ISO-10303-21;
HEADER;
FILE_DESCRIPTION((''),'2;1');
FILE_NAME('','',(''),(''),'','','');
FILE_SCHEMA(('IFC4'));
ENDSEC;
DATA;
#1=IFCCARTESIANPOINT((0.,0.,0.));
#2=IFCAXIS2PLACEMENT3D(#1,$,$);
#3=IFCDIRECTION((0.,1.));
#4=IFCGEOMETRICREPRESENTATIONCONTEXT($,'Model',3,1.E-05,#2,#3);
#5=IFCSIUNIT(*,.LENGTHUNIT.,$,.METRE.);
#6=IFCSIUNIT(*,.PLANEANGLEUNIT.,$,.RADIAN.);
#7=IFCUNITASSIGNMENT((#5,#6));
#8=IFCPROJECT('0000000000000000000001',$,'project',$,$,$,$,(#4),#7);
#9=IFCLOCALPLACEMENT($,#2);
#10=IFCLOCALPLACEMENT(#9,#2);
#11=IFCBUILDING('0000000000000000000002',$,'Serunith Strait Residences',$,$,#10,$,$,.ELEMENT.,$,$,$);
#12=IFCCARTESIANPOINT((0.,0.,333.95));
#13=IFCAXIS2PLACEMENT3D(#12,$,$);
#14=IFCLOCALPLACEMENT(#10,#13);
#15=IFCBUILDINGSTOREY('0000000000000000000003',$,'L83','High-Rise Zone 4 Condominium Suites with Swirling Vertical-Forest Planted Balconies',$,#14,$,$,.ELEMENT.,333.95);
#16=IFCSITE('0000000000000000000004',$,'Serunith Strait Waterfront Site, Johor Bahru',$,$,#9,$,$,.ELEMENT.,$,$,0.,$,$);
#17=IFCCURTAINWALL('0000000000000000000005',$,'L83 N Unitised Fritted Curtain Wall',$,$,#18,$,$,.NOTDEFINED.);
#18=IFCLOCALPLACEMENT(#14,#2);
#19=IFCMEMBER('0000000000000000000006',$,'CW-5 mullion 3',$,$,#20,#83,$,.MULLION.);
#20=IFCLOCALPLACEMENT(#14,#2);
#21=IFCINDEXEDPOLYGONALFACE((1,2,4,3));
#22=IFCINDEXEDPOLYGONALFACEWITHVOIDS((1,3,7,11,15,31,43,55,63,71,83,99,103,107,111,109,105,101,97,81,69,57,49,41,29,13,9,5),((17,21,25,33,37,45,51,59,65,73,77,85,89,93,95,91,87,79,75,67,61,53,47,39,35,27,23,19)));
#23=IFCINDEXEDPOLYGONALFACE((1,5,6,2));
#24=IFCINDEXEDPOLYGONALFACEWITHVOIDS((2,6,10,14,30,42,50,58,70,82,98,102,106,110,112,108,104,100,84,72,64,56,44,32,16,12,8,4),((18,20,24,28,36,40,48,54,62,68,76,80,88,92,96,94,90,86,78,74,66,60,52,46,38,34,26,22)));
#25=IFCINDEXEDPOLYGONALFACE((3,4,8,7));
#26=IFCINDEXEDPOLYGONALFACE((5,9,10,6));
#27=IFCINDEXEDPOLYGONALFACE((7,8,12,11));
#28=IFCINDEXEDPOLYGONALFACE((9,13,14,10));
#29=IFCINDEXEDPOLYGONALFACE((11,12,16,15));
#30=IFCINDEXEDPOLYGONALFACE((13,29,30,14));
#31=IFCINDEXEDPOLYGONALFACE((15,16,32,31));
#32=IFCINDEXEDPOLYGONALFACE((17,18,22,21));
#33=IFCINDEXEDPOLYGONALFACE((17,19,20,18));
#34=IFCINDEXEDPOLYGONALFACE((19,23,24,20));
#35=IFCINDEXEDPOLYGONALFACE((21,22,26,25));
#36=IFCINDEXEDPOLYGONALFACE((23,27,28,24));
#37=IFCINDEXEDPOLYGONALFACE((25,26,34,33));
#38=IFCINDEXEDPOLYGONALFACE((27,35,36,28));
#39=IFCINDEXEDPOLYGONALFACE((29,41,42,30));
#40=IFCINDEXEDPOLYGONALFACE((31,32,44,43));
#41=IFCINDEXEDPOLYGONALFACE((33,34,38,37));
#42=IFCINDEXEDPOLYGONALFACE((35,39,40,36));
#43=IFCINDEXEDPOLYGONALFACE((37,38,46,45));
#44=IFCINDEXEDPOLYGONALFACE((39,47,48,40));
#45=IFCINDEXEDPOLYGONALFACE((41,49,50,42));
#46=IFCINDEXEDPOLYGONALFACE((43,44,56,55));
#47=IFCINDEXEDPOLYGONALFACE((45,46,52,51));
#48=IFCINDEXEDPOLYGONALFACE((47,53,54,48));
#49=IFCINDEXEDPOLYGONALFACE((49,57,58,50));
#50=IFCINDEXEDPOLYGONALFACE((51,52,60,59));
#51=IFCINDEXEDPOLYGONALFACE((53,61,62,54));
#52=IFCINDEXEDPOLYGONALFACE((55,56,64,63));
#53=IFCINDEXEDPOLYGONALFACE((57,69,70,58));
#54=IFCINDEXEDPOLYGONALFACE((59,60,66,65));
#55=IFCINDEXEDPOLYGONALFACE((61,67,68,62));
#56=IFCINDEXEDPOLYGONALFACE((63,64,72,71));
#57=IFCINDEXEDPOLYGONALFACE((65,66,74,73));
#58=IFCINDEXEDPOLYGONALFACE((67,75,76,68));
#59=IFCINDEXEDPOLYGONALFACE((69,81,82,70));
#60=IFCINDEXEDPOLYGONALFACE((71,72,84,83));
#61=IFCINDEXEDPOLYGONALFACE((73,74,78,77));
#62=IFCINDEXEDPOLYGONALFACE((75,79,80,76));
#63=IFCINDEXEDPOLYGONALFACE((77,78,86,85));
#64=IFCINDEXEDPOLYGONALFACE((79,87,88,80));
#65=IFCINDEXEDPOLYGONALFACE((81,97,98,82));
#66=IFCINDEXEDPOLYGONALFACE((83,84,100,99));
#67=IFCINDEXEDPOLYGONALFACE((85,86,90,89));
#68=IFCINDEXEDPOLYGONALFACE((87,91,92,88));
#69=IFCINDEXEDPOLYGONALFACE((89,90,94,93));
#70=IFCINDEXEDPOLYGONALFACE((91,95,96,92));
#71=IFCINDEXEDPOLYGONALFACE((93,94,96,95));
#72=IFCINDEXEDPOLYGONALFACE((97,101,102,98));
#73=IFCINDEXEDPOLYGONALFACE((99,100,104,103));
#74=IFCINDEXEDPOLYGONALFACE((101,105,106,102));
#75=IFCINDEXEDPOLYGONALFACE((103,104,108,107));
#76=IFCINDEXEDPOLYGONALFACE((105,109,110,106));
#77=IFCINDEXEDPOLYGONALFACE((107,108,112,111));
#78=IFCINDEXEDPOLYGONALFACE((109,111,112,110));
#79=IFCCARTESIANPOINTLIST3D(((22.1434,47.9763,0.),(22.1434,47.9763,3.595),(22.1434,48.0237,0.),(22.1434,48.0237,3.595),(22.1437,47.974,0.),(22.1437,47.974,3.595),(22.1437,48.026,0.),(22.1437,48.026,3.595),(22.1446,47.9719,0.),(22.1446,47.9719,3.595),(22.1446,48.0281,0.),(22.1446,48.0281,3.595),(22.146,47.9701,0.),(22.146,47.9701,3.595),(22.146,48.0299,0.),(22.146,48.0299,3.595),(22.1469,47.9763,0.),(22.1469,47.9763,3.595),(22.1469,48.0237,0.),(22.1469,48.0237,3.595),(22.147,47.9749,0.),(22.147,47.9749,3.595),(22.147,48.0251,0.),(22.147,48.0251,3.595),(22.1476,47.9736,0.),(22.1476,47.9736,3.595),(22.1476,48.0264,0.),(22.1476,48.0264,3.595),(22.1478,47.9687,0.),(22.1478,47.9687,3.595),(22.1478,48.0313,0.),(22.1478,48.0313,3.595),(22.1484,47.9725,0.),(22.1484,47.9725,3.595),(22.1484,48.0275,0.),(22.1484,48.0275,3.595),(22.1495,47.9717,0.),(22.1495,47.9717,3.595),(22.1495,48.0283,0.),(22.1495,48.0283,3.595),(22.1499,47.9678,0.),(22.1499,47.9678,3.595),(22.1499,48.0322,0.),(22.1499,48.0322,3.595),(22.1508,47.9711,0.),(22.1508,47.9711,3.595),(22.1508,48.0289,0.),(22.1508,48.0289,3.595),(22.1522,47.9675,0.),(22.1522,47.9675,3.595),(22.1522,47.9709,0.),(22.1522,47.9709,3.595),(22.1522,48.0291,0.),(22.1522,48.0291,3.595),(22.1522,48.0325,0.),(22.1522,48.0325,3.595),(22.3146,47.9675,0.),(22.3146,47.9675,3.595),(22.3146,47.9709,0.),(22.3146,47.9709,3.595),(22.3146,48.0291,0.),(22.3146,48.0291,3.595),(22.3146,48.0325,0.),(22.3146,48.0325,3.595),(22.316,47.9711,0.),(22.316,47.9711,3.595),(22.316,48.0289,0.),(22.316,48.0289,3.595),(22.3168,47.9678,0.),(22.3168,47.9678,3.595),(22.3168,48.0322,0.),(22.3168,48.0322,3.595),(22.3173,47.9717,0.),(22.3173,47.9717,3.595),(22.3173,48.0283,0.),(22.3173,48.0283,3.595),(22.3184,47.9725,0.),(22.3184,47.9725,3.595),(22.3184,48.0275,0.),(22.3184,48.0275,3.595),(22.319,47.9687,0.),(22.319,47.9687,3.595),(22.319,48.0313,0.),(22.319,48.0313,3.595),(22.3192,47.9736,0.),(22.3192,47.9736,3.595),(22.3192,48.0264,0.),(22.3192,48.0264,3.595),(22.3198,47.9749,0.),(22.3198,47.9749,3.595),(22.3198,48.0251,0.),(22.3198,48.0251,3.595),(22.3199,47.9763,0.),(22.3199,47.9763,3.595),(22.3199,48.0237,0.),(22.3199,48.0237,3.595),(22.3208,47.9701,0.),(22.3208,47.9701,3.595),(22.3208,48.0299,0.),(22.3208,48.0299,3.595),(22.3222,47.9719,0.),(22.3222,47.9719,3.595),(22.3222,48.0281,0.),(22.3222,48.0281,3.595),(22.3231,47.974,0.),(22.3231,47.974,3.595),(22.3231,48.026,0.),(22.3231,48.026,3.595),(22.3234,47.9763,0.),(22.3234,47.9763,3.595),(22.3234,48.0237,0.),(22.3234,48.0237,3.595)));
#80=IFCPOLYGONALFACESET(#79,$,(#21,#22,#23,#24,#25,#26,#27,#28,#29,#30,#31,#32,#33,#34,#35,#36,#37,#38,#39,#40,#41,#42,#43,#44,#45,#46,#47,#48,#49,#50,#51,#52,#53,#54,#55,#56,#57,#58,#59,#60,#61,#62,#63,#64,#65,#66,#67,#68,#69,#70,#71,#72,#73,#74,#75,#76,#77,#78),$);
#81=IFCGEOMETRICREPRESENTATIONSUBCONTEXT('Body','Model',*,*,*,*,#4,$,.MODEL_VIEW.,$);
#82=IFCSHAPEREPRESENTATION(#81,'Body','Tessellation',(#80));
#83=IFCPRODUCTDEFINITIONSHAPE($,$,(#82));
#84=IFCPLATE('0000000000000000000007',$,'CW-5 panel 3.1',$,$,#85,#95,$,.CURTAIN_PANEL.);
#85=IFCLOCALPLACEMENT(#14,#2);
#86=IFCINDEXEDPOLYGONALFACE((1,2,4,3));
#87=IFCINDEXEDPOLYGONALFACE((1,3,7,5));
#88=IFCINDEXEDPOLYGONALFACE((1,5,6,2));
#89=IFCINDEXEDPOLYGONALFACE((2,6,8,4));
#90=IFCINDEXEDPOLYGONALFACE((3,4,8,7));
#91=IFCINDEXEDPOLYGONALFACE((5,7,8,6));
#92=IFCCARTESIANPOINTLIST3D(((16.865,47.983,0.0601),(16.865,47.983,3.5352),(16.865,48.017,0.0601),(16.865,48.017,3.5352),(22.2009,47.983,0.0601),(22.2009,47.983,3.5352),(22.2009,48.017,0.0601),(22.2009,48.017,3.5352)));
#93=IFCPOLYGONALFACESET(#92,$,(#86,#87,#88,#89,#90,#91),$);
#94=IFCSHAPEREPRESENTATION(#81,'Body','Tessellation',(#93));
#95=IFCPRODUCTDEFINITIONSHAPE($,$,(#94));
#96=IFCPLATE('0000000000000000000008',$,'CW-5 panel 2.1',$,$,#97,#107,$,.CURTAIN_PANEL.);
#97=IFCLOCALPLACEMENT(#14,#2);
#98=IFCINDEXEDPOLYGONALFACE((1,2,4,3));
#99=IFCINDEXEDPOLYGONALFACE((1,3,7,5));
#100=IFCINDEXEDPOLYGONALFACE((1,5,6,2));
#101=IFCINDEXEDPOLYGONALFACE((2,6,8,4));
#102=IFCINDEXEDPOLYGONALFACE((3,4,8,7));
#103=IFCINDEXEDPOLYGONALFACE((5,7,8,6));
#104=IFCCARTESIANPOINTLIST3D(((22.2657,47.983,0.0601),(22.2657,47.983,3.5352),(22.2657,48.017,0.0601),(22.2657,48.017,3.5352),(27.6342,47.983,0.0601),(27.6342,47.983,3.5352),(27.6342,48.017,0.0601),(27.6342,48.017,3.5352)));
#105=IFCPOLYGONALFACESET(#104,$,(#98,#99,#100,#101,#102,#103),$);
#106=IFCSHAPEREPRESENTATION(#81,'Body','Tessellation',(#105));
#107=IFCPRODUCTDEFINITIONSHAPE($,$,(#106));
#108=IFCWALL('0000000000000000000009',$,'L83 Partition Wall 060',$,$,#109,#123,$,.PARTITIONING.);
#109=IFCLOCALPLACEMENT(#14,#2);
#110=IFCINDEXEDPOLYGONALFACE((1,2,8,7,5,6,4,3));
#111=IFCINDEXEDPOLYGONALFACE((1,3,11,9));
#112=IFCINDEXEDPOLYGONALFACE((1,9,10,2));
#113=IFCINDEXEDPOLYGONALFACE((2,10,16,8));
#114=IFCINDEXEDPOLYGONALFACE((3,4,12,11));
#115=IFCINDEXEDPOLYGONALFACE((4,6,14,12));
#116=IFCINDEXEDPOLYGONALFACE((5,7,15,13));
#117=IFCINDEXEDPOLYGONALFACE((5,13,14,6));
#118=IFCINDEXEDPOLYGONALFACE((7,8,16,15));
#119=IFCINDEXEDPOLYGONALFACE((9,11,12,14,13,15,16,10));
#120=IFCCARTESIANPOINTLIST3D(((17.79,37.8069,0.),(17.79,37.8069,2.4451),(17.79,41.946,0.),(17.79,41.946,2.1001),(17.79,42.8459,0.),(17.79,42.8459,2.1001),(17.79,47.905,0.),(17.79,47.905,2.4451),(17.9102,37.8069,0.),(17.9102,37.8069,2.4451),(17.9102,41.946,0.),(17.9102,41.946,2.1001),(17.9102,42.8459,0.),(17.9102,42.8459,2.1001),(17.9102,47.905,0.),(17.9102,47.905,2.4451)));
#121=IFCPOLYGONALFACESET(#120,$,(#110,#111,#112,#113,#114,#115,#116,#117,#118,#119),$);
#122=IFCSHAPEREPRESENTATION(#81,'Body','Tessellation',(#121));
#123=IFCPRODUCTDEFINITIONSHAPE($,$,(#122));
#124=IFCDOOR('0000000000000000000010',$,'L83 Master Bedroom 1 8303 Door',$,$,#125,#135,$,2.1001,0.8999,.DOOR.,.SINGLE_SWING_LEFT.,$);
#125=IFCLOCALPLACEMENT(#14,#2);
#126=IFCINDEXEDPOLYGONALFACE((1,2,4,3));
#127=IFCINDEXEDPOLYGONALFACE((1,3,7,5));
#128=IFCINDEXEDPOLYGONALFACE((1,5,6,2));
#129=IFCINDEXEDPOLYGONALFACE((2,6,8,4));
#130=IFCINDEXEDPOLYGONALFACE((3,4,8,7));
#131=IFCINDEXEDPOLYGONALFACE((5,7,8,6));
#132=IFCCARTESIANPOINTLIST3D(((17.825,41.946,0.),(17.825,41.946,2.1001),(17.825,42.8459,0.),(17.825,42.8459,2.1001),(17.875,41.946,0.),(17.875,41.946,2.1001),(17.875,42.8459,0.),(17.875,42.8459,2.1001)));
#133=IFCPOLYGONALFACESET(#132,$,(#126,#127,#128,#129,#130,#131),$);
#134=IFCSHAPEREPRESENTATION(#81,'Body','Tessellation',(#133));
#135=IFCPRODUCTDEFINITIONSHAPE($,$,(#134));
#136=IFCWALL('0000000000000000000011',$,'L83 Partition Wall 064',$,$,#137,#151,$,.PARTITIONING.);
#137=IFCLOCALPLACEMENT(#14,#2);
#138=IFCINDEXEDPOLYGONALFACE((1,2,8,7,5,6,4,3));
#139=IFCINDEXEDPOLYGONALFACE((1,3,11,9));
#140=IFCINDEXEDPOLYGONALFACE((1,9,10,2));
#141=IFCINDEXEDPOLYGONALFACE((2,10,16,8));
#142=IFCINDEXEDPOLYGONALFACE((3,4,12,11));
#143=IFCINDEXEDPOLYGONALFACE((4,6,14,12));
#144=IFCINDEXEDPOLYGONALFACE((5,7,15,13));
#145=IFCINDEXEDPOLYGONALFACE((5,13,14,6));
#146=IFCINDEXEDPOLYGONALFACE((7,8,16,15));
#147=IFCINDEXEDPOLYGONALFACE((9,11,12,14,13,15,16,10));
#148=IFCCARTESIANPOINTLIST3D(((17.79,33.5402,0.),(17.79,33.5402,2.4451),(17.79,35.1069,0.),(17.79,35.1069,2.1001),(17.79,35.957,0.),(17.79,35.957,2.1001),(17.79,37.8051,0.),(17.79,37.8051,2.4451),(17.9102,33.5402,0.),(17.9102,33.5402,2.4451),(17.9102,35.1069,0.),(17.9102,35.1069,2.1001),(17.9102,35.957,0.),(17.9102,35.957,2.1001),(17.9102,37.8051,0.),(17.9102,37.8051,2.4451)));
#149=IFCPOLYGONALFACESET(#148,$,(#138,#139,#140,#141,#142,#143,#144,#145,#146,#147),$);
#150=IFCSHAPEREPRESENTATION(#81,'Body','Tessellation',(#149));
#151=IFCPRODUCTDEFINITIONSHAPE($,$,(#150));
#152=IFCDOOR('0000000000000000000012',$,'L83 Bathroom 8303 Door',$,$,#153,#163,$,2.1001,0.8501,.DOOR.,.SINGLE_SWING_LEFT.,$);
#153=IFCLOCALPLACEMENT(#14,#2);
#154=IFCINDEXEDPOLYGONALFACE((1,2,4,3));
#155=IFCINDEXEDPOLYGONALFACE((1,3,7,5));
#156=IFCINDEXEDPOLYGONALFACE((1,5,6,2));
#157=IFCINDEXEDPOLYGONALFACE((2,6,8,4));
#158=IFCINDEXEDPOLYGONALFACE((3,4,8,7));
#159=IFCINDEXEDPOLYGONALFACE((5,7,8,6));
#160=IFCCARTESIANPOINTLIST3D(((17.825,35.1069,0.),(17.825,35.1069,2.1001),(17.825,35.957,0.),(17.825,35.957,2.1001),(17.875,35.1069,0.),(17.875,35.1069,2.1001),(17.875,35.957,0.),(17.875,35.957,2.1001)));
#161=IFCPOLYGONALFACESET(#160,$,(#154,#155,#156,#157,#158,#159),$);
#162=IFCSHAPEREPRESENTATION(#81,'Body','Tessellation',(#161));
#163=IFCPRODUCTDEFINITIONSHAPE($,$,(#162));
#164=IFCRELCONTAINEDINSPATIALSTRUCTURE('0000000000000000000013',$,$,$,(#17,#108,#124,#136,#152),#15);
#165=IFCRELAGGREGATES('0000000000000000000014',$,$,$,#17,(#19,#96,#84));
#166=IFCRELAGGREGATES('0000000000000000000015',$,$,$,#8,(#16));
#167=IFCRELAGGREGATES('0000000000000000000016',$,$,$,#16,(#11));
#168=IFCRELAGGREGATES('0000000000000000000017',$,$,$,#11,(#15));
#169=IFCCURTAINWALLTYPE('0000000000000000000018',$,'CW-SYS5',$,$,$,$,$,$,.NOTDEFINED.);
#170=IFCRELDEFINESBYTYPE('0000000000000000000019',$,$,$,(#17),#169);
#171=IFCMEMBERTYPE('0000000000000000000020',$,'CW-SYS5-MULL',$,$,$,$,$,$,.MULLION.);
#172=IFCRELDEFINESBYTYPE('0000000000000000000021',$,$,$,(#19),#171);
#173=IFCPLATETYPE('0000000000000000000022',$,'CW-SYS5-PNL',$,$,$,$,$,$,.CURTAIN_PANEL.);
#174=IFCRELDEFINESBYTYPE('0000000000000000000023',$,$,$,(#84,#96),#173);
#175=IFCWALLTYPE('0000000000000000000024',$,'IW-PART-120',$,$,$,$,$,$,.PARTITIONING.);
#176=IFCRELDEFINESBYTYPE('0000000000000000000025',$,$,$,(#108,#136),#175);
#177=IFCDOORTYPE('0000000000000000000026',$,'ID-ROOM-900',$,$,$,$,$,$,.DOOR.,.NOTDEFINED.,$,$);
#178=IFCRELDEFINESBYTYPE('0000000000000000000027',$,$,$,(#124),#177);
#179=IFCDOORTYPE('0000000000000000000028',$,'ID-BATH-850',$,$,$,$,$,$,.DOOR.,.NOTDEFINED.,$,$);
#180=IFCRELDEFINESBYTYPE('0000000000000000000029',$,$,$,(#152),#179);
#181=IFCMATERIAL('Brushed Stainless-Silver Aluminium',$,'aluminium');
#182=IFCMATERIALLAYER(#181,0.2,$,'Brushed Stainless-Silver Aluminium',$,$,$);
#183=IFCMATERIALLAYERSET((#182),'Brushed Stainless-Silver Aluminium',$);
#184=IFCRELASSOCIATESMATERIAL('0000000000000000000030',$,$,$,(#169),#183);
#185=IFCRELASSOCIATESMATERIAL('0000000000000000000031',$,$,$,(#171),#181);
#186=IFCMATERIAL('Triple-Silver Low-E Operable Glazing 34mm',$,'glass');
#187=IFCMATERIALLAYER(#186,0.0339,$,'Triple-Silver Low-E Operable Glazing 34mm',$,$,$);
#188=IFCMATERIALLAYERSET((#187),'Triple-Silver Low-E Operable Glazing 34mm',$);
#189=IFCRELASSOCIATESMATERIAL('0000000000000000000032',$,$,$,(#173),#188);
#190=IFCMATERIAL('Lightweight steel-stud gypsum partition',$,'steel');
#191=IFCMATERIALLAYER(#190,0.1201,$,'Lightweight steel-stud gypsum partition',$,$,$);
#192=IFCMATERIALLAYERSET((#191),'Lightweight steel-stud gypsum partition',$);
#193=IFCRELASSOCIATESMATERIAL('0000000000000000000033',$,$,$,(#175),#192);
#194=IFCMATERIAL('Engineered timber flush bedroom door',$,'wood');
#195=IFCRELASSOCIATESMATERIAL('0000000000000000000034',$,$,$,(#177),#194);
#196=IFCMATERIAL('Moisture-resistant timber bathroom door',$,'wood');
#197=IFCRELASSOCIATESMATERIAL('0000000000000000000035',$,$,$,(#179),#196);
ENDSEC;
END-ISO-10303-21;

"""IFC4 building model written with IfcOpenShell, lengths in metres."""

from ifc_helpers import new_model, si_unit, direction, frame, frame_2d, origin, origin_2d, place, context, subcontext, project, spatial, rectangle, hollow_rectangle, extrude, source, transform, mapped, material, layer, layer_set, material_profile, profile_set, type_object, element, fill, aggregate, save


model = new_model("IFC4")

# Units and contexts
model_context = context("Model", 3, precision=1e-05, world=origin(), true_north=direction((0.0, 1.0)))
body_context = subcontext(model_context, "Body", "Model", "MODEL_VIEW")
ifc_project = project(units=[si_unit("LENGTHUNIT", "METRE"), si_unit("PLANEANGLEUNIT", "RADIAN")], contexts=[model_context])

# Site, building, storey
site_placement = place(None, origin())
site = spatial("IfcSite", under=ifc_project, at=site_placement, Name="Serunith Strait Waterfront Site, Johor Bahru", CompositionType="ELEMENT", RefElevation=0.0)
building_placement = place(site_placement, origin())
building = spatial("IfcBuilding", under=site, at=building_placement, Name="Serunith Strait Residences", CompositionType="ELEMENT")
storey_placement = place(building_placement, frame((0.0, 0.0, 333.95)))
storey = spatial("IfcBuildingStorey", under=building, at=storey_placement, Name="L83", Description="High-Rise Zone 4 Condominium Suites with Swirling Vertical-Forest Planted Balconies", CompositionType="ELEMENT", Elevation=333.95)

# Curtain wall, member, plates
ifc_material_1 = material(Name="Brushed Stainless-Silver Aluminium", Category="aluminium")
ifc_layer_1 = layer(ifc_material_1, 0.2, Name="Brushed Stainless-Silver Aluminium")
ifc_layer_set_1 = layer_set([ifc_layer_1], Name="Brushed Stainless-Silver Aluminium")
curtain_wall_type = type_object("IfcCurtainWallType", Name="CW-SYS5", PredefinedType="NOTDEFINED", material=ifc_layer_set_1)
curtain_wall_placement = place(storey_placement, origin())
curtain_wall = element("IfcCurtainWall", 1, at=curtain_wall_placement, inside=storey, type_object=curtain_wall_type, Name="L83 N Unitised Fritted Curtain Wall", PredefinedType="NOTDEFINED")
ifc_material_profile_1 = material_profile(ifc_material_1, hollow_rectangle(XDim=0.0649, YDim=0.1799, WallThickness=0.0034, InnerFilletRadius=0.0054, OuterFilletRadius=0.0088, at=origin_2d()), Name="ALU 180x65x3.5")
ifc_profile_set_1 = profile_set([ifc_material_profile_1], Name="Brushed Stainless-Silver Aluminium")
member_type_1 = type_object("IfcMemberType", Name="CW-SYS5-MULL", PredefinedType="MULLION", material=ifc_profile_set_1)
shared_shape_1 = source(origin(), body_context, "Body", "SweptSolid", [
    extrude(hollow_rectangle(XDim=0.0649, YDim=0.1799, WallThickness=0.0034, InnerFilletRadius=0.0054, OuterFilletRadius=0.0088, at=origin_2d()), origin(), (0.0, 0.0, 1.0), 3.595),
])
member_1_placement = place(storey_placement, frame((22.2334, 48.0, 0.0), z_axis=(0.0, 0.0, 1.0), x_axis=(0.0, -1.0, 0.0)))
member_1 = element("IfcMember", 2, at=member_1_placement, type_object=member_type_1, Name="CW-5 mullion 3", PredefinedType="MULLION", context=body_context, shape_type="MappedRepresentation", body=[
    mapped(shared_shape_1, transform((0.0, 0.0, 0.0), scale=1.0)),
])
ifc_material_2 = material(Name="Triple-Silver Low-E Operable Glazing 34mm", Category="glass")
ifc_layer_2 = layer(ifc_material_2, 0.0339, Name="Triple-Silver Low-E Operable Glazing 34mm")
ifc_layer_set_2 = layer_set([ifc_layer_2], Name="Triple-Silver Low-E Operable Glazing 34mm")
plate_type = type_object("IfcPlateType", Name="CW-SYS5-PNL", PredefinedType="CURTAIN_PANEL", material=ifc_layer_set_2)
shared_shape_2 = source(origin(), body_context, "Body", "SweptSolid", [
    extrude(rectangle(XDim=5.3359, YDim=0.0339, at=origin_2d()), origin(), (0.0, 0.0, 1.0), 3.4751),
])
plate_1_placement = place(storey_placement, frame((19.533, 48.0, 0.0601), z_axis=(0.0, 0.0, 1.0), x_axis=(-1.0, 0.0, 0.0)))
plate_1 = element("IfcPlate", 3, at=plate_1_placement, type_object=plate_type, Name="CW-5 panel 3.1", PredefinedType="CURTAIN_PANEL", context=body_context, shape_type="MappedRepresentation", body=[
    mapped(shared_shape_2, transform((0.0, 0.0, 0.0), scale=1.0)),
])
shared_shape_3 = source(origin(), body_context, "Body", "SweptSolid", [
    extrude(rectangle(XDim=5.3684, YDim=0.0339, at=origin_2d()), origin(), (0.0, 0.0, 1.0), 3.4751),
])
plate_2_placement = place(storey_placement, frame((24.95, 48.0, 0.0601), z_axis=(0.0, 0.0, 1.0), x_axis=(-1.0, 0.0, 0.0)))
plate_2 = element("IfcPlate", 4, at=plate_2_placement, type_object=plate_type, Name="CW-5 panel 2.1", PredefinedType="CURTAIN_PANEL", context=body_context, shape_type="MappedRepresentation", body=[
    mapped(shared_shape_3, transform((0.0, 0.0, 0.0), scale=1.0)),
])
aggregate(curtain_wall, [member_1, plate_2, plate_1])

# Walls, openings, doors
ifc_material_3 = material(Name="Lightweight steel-stud gypsum partition", Category="steel")
ifc_layer_3 = layer(ifc_material_3, 0.1201, Name="Lightweight steel-stud gypsum partition")
ifc_layer_set_3 = layer_set([ifc_layer_3], Name="Lightweight steel-stud gypsum partition")
wall_type = type_object("IfcWallType", Name="IW-PART-120", PredefinedType="PARTITIONING", material=ifc_layer_set_3)
wall_1_placement = place(storey_placement, frame((17.8501, 47.905, 0.0), z_axis=(0.0, 0.0, 1.0), x_axis=(0.0, -1.0, 0.0)))
wall_1 = element("IfcWall", 5, at=wall_1_placement, inside=storey, type_object=wall_type, Name="L83 Partition Wall 060", PredefinedType="PARTITIONING", context=body_context, shape_type="SweptSolid", body=[
    extrude(rectangle(XDim=10.0981, YDim=0.1201, at=frame_2d((5.0491, 0.0))), origin(), (0.0, 0.0, 1.0), 2.4451),
])
opening_1_placement = place(wall_1_placement, frame((5.0591, 0.0, 0.0)))
opening_1 = element("IfcOpeningElement", 6, at=opening_1_placement, cuts=wall_1, PredefinedType="OPENING", context=body_context, shape_type="SweptSolid", body=[
    extrude(rectangle(XDim=0.8999, YDim=2.1001, at=frame_2d((0.45, 1.05))), frame((0.0, 0.0701, 0.0), z_axis=(0.0, -1.0, 0.0), x_axis=(1.0, 0.0, 0.0)), (0.0, 0.0, 1.0), 0.1401),
])
ifc_material_4 = material(Name="Engineered timber flush bedroom door", Category="wood")
door_type_1 = type_object("IfcDoorType", Name="ID-ROOM-900", OperationType="NOTDEFINED", PredefinedType="DOOR", material=ifc_material_4)
shared_shape_4 = source(origin(), body_context, "Body", "SweptSolid", [
    extrude(rectangle(XDim=0.8999, YDim=2.1001, at=frame_2d((0.45, 1.05))), frame((0.0, 0.0249, 0.0), z_axis=(0.0, -1.0, 0.0), x_axis=(1.0, 0.0, 0.0)), (0.0, 0.0, 1.0), 0.05),
])
door_1_placement = place(opening_1_placement, origin())
door_1 = element("IfcDoor", 7, at=door_1_placement, inside=storey, type_object=door_type_1, Name="L83 Master Bedroom 1 8303 Door", OperationType="SINGLE_SWING_LEFT", OverallHeight=2.1001, OverallWidth=0.8999, PredefinedType="DOOR", context=body_context, shape_type="MappedRepresentation", body=[
    mapped(shared_shape_4, transform((0.0, 0.0, 0.0), scale=1.0)),
])
fill(opening_1, door_1)
wall_2_placement = place(storey_placement, frame((17.8501, 37.8049, 0.0), z_axis=(0.0, 0.0, 1.0), x_axis=(0.0, -1.0, 0.0)))
wall_2 = element("IfcWall", 8, at=wall_2_placement, inside=storey, type_object=wall_type, Name="L83 Partition Wall 064", PredefinedType="PARTITIONING", context=body_context, shape_type="SweptSolid", body=[
    extrude(rectangle(XDim=4.2649, YDim=0.1201, at=frame_2d((2.1323, 0.0))), origin(), (0.0, 0.0, 1.0), 2.4451),
])
opening_2_placement = place(wall_2_placement, frame((1.8479, 0.0, 0.0)))
opening_2 = element("IfcOpeningElement", 9, at=opening_2_placement, cuts=wall_2, PredefinedType="OPENING", context=body_context, shape_type="SweptSolid", body=[
    extrude(rectangle(XDim=0.8501, YDim=2.1001, at=frame_2d((0.425, 1.05))), frame((0.0, 0.0701, 0.0), z_axis=(0.0, -1.0, 0.0), x_axis=(1.0, 0.0, 0.0)), (0.0, 0.0, 1.0), 0.1401),
])
ifc_material_5 = material(Name="Moisture-resistant timber bathroom door", Category="wood")
door_type_2 = type_object("IfcDoorType", Name="ID-BATH-850", OperationType="NOTDEFINED", PredefinedType="DOOR", material=ifc_material_5)
shared_shape_5 = source(origin(), body_context, "Body", "SweptSolid", [
    extrude(rectangle(XDim=0.8501, YDim=2.1001, at=frame_2d((0.425, 1.05))), frame((0.0, 0.0249, 0.0), z_axis=(0.0, -1.0, 0.0), x_axis=(1.0, 0.0, 0.0)), (0.0, 0.0, 1.0), 0.05),
])
door_2_placement = place(opening_2_placement, origin())
door_2 = element("IfcDoor", 10, at=door_2_placement, inside=storey, type_object=door_type_2, Name="L83 Bathroom 8303 Door", OperationType="SINGLE_SWING_LEFT", OverallHeight=2.1001, OverallWidth=0.8501, PredefinedType="DOOR", context=body_context, shape_type="MappedRepresentation", body=[
    mapped(shared_shape_5, transform((0.0, 0.0, 0.0), scale=1.0)),
])
fill(opening_2, door_2)

save(model, "model.ifc")
